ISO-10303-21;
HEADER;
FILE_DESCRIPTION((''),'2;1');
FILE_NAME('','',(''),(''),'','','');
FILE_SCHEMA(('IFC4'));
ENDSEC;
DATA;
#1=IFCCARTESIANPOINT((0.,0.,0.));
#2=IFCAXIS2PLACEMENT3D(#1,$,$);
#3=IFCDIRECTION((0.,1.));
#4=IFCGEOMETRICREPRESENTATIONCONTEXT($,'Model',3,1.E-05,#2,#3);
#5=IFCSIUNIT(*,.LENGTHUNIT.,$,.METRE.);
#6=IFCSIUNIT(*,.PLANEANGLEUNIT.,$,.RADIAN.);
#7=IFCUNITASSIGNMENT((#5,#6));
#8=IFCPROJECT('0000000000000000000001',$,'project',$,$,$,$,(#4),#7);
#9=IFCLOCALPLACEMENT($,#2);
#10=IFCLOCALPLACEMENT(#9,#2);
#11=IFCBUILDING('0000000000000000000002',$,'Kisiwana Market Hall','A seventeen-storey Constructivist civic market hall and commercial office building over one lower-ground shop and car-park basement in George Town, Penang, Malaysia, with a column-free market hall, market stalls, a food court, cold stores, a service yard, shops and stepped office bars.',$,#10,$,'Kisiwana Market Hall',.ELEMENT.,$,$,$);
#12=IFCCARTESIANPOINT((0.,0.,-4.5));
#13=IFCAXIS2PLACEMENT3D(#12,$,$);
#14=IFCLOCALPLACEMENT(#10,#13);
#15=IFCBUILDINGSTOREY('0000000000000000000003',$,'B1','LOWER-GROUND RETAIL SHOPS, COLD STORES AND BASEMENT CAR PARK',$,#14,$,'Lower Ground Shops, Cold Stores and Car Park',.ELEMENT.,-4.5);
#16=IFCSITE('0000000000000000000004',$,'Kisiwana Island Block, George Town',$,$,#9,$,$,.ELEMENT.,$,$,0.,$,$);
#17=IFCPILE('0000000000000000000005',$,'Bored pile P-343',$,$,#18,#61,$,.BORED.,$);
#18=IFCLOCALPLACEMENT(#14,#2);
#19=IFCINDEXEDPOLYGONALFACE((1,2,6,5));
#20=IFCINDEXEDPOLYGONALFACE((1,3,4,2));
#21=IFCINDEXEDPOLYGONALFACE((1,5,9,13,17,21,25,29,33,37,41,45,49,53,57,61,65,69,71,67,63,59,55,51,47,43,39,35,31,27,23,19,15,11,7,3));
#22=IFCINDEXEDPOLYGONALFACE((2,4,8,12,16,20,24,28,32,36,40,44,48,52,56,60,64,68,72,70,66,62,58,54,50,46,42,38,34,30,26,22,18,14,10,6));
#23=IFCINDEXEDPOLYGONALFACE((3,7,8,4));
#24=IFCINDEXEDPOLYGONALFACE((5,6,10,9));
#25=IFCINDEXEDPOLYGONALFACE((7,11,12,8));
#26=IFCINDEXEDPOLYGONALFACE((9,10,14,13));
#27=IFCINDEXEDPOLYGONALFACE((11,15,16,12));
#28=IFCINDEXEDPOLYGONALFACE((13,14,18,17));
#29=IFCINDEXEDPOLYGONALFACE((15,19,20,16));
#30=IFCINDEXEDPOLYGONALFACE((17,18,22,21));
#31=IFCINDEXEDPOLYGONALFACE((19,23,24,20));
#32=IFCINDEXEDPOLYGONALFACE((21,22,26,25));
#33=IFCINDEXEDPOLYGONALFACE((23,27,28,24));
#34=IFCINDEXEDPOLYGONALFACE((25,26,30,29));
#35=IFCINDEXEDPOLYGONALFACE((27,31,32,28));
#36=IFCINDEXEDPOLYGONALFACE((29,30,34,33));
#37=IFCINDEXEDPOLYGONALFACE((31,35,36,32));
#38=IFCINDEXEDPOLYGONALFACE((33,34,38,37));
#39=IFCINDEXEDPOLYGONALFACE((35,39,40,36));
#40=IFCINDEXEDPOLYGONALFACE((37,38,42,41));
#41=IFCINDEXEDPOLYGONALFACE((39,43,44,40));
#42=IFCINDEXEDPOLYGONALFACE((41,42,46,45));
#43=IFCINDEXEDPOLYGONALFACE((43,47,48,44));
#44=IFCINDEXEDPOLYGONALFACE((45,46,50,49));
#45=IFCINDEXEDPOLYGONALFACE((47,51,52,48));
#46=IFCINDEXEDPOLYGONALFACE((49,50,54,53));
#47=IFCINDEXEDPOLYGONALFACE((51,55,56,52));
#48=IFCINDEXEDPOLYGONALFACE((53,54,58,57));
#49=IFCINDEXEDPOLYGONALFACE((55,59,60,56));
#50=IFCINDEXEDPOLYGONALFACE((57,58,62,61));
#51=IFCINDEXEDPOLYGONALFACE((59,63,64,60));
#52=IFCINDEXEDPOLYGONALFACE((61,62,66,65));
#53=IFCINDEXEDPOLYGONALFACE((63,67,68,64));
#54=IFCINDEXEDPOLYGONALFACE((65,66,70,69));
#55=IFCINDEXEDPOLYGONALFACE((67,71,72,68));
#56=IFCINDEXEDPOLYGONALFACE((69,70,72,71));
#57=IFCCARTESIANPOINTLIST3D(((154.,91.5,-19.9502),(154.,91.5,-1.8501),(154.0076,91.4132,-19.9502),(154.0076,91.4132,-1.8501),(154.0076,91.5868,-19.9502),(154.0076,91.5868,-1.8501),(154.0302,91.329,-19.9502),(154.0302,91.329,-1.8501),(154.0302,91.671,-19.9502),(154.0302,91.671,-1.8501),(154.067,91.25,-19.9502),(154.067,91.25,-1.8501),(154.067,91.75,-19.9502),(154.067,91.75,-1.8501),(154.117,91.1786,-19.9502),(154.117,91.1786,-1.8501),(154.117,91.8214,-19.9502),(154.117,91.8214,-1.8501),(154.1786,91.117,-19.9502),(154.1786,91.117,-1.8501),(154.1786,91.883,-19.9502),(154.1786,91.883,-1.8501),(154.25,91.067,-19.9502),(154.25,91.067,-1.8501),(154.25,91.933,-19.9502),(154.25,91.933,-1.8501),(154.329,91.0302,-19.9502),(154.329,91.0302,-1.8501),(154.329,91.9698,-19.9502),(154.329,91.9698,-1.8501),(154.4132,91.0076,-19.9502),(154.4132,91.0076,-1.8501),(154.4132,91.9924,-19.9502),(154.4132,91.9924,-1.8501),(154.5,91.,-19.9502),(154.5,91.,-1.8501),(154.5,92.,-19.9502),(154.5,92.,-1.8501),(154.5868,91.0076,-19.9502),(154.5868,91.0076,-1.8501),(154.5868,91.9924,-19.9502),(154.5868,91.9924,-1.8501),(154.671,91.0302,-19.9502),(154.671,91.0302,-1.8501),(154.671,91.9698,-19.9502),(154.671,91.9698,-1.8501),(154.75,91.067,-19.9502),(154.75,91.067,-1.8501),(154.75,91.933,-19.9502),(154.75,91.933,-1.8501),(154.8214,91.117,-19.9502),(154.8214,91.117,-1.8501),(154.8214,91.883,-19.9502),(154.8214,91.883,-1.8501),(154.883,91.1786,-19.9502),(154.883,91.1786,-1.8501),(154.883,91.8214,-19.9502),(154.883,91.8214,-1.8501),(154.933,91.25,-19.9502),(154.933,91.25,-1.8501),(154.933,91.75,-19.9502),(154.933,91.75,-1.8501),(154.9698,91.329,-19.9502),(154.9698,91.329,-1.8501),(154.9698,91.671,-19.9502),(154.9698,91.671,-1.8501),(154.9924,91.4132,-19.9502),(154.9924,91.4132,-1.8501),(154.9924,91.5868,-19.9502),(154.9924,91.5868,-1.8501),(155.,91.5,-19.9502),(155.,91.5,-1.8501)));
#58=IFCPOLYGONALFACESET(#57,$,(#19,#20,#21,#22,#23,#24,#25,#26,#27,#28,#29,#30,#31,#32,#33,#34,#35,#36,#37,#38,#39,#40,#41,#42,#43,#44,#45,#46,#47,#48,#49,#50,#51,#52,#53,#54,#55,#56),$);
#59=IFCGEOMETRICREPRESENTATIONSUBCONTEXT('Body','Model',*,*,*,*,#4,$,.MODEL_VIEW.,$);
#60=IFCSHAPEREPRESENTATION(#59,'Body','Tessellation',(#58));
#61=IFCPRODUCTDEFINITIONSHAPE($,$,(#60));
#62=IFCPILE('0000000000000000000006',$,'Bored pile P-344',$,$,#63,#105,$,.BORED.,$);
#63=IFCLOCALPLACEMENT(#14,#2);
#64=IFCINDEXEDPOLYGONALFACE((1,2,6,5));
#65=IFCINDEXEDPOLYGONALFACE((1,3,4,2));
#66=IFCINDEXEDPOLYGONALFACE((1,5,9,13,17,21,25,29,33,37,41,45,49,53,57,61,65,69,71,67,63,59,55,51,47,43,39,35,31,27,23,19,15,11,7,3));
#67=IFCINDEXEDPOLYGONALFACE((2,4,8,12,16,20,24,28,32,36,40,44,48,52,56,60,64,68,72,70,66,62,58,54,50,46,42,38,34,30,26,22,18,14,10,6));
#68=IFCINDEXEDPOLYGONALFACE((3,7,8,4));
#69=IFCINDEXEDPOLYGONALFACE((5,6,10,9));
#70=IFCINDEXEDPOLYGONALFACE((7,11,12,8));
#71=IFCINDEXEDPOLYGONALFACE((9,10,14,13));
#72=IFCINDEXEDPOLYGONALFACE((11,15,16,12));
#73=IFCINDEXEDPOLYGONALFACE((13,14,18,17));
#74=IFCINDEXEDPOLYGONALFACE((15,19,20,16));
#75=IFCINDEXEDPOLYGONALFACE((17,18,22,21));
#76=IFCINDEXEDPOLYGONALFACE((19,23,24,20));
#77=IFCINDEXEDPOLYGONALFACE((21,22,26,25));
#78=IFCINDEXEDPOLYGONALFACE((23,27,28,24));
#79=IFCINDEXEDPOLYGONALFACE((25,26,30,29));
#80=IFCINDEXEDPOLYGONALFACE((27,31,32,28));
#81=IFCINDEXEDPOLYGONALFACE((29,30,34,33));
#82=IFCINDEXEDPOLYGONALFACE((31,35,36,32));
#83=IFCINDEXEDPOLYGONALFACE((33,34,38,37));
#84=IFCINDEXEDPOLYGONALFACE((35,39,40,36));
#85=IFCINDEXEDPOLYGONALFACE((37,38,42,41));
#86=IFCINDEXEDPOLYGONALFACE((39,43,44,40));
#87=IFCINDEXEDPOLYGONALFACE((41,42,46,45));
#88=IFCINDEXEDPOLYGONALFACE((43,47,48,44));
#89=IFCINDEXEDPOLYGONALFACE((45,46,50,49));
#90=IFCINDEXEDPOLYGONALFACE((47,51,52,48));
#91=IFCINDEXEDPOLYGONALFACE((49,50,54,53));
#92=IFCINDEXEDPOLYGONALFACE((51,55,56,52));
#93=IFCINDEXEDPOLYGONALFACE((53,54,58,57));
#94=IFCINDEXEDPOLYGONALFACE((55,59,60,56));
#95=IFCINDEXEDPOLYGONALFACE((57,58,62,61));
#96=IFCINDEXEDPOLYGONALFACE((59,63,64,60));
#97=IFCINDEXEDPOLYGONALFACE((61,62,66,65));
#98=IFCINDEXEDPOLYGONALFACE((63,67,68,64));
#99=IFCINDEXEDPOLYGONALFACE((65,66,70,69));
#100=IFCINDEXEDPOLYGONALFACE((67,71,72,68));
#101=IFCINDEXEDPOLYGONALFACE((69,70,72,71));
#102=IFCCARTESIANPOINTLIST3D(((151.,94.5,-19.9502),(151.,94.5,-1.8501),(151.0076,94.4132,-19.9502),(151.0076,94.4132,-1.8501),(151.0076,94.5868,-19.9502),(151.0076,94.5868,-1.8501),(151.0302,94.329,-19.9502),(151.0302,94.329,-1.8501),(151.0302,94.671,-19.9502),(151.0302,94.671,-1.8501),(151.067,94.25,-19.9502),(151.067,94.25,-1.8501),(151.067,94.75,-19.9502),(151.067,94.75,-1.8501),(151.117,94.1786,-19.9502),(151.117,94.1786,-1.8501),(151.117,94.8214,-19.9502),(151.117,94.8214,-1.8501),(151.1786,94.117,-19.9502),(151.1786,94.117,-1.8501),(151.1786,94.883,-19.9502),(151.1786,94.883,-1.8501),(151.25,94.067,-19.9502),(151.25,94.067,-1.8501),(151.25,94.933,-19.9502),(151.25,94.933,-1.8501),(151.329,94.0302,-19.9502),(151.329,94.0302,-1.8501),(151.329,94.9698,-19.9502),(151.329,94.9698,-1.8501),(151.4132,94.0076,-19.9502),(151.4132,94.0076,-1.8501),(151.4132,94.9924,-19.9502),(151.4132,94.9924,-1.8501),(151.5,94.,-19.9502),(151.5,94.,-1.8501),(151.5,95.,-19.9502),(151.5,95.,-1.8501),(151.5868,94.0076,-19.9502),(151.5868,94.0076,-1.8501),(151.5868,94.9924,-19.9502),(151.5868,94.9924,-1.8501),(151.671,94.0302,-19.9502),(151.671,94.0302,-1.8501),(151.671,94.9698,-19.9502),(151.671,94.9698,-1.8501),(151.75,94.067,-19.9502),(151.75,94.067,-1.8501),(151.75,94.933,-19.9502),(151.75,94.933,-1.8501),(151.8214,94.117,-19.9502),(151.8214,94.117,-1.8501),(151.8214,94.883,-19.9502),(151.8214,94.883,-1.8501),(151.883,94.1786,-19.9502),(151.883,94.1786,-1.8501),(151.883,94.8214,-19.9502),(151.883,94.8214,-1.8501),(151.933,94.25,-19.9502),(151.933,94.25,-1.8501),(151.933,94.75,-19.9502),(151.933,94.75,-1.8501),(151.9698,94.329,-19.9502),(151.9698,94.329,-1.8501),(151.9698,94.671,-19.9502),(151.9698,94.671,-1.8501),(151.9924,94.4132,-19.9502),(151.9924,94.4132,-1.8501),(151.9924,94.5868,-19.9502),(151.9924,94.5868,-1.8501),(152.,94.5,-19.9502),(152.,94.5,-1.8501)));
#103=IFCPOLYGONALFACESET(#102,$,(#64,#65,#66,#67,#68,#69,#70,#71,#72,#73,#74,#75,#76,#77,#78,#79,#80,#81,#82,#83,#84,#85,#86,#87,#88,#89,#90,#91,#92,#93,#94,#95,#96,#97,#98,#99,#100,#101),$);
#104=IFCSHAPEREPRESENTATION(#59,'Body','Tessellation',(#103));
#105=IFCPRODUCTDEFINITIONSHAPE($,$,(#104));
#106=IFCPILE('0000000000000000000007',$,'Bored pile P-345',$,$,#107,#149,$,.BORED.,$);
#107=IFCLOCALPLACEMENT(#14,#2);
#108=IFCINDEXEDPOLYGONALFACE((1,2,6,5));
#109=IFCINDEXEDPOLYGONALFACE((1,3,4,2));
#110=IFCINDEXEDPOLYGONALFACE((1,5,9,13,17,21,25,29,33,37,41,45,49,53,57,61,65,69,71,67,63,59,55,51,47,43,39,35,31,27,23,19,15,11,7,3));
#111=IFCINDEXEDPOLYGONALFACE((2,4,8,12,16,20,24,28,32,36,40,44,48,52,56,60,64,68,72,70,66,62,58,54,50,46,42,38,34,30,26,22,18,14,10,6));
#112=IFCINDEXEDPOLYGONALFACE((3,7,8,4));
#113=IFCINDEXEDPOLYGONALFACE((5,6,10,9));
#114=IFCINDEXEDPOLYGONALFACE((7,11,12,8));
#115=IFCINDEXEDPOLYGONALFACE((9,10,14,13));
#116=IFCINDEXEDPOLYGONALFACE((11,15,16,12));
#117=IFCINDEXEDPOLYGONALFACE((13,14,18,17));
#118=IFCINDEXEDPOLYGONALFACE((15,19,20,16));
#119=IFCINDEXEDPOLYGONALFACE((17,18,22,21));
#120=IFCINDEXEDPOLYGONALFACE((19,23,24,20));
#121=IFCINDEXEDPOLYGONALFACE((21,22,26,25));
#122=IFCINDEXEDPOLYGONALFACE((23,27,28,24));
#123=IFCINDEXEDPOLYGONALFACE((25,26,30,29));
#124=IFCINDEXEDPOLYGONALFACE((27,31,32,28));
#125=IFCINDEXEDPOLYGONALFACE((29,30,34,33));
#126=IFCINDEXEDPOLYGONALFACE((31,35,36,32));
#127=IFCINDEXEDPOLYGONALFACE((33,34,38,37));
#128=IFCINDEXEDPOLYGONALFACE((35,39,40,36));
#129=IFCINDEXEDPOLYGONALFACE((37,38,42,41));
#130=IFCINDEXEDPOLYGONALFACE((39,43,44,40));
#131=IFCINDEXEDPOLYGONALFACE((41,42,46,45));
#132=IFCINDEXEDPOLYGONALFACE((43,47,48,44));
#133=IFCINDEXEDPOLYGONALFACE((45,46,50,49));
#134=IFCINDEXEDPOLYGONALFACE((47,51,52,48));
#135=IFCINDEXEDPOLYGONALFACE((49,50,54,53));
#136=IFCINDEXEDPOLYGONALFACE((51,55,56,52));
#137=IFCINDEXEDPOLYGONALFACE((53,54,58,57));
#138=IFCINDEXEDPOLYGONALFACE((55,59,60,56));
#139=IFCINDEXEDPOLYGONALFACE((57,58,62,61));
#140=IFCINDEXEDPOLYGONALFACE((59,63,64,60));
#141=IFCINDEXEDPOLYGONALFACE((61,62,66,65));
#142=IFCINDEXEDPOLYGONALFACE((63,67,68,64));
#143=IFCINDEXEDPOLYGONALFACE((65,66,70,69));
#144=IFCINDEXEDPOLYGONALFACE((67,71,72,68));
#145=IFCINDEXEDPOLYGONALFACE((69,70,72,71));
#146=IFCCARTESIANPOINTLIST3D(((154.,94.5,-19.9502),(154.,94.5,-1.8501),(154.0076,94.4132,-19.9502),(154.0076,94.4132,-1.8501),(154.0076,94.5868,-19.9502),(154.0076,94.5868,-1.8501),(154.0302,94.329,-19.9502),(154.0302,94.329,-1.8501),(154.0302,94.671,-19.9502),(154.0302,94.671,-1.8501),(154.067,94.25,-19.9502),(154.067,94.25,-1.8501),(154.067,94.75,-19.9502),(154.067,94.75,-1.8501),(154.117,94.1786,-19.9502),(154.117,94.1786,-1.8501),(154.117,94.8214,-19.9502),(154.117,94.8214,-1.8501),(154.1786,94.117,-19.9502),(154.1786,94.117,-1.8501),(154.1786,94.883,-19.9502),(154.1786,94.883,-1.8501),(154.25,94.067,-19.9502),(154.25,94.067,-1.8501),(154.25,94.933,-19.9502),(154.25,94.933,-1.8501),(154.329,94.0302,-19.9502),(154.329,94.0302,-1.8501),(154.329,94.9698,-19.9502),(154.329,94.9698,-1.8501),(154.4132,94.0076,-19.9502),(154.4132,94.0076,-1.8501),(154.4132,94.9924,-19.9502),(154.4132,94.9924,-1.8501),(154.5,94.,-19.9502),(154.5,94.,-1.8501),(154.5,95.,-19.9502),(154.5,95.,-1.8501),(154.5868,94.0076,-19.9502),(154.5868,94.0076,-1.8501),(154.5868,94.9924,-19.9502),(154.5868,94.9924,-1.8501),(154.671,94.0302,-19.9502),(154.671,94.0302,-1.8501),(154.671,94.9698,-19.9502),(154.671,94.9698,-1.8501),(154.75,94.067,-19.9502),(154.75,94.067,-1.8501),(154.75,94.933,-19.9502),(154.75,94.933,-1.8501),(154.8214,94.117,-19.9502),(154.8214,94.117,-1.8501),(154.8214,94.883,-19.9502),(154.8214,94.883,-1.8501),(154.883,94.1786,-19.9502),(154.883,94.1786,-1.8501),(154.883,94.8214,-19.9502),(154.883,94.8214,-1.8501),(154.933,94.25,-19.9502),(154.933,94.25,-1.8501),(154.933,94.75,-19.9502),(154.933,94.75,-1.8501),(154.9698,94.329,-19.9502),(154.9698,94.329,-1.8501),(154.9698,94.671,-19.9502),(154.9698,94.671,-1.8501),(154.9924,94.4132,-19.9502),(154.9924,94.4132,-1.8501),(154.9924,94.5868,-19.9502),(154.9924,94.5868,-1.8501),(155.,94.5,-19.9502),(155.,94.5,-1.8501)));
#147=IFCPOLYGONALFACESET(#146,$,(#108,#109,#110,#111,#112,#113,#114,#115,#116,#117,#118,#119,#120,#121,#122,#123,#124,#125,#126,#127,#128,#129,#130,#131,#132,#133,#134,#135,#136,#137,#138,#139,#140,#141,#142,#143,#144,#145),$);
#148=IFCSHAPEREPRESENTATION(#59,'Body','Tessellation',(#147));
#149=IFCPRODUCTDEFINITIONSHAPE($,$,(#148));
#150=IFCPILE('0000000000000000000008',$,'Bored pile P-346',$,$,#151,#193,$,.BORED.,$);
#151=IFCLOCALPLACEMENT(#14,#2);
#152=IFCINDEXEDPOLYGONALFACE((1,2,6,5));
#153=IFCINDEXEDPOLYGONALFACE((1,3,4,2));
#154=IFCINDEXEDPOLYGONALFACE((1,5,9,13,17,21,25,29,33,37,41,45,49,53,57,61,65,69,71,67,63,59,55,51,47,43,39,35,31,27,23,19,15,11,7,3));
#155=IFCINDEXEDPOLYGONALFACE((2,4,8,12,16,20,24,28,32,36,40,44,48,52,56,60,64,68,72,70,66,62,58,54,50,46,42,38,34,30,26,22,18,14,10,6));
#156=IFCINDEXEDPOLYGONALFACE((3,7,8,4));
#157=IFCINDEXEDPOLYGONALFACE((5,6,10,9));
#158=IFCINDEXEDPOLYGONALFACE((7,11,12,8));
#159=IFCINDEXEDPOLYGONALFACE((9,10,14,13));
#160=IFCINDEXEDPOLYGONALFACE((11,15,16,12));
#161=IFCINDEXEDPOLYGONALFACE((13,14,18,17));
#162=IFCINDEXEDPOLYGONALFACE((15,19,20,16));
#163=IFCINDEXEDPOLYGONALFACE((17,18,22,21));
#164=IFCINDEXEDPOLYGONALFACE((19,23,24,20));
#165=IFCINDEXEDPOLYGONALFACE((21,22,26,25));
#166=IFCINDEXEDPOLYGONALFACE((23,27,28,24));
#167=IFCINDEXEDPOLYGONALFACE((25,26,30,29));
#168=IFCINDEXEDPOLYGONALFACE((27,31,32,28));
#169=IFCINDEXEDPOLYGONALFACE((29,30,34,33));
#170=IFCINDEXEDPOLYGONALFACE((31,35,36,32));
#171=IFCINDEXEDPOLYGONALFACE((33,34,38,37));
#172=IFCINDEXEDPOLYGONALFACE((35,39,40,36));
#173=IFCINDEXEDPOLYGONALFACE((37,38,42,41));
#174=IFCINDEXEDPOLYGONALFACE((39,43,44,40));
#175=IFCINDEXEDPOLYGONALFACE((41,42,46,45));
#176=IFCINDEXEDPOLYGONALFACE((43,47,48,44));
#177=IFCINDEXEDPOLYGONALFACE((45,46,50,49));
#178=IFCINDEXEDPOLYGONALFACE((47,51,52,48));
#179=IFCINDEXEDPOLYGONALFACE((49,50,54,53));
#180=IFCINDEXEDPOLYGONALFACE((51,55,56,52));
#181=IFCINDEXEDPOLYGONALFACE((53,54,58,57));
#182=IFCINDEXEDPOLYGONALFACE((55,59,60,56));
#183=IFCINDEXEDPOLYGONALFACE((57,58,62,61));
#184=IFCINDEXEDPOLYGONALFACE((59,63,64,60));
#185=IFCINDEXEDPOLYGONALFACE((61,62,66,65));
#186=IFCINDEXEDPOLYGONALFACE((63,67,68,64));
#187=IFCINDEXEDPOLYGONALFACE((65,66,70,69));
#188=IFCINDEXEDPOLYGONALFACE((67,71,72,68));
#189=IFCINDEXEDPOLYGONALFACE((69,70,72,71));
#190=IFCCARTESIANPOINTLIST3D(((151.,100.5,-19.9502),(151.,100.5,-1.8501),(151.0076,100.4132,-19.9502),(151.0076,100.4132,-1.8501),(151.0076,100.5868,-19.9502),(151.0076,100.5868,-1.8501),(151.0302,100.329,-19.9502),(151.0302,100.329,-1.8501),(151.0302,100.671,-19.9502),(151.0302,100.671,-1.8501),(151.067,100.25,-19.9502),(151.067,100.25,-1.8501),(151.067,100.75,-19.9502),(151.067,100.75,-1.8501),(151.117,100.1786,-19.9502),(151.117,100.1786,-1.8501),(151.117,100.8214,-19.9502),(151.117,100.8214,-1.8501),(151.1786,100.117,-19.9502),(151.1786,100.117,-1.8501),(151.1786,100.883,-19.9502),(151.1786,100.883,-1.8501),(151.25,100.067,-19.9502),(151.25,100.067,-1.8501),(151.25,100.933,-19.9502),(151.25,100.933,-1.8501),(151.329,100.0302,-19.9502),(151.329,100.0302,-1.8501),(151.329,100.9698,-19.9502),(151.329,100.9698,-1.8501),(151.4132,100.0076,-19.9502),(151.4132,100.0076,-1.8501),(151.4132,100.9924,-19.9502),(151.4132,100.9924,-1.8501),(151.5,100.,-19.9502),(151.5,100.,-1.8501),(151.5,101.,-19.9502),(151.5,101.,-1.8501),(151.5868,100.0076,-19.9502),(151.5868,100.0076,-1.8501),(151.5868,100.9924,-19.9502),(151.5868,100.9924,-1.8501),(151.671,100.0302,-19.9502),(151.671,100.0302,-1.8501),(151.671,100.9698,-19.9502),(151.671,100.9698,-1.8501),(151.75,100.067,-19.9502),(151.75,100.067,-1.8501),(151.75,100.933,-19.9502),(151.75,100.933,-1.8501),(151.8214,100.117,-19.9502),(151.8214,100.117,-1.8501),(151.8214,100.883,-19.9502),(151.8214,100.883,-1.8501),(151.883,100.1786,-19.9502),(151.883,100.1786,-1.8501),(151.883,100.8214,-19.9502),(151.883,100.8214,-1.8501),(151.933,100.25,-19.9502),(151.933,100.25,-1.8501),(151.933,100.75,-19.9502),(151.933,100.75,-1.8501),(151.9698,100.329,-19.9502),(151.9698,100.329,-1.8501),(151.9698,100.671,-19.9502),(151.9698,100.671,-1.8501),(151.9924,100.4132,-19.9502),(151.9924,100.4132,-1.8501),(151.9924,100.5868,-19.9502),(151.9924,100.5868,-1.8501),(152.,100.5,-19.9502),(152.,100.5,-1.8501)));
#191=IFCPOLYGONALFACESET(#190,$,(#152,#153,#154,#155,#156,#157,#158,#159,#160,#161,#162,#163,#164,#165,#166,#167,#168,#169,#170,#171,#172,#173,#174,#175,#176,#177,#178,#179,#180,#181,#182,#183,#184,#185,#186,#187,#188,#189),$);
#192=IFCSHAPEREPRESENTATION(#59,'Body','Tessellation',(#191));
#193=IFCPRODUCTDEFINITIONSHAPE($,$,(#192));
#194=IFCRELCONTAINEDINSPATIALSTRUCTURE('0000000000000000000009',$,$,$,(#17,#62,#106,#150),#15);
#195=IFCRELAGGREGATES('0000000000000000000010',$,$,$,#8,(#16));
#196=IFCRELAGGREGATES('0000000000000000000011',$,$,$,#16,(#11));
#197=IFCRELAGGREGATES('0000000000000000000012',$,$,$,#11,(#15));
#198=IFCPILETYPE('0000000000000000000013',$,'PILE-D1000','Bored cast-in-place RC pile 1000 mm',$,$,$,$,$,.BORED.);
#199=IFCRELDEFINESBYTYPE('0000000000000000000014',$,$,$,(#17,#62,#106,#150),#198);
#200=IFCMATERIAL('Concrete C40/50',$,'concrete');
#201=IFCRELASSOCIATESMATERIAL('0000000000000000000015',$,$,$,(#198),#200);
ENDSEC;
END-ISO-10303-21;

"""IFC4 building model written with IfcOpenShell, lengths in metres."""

from ifc_helpers import new_model, si_unit, direction, frame, origin, origin_2d, place, context, subcontext, project, spatial, circle, extrude, material, material_profile, profile_set, type_object, element, save


model = new_model("IFC4")

# Units and contexts
model_context = context("Model", 3, precision=1e-05, world=origin(), true_north=direction((0.0, 1.0)))
body_context = subcontext(model_context, "Body", "Model", "MODEL_VIEW")
ifc_project = project(units=[si_unit("LENGTHUNIT", "METRE"), si_unit("PLANEANGLEUNIT", "RADIAN")], contexts=[model_context])

# Site, building, storey
site_placement = place(None, origin())
site = spatial("IfcSite", under=ifc_project, at=site_placement, Name="Kisiwana Island Block, George Town", CompositionType="ELEMENT", RefElevation=0.0)
building_placement = place(site_placement, origin())
building = spatial("IfcBuilding", under=site, at=building_placement, Name="Kisiwana Market Hall", Description="A seventeen-storey Constructivist civic market hall and commercial office building over one lower-ground shop and car-park basement in George Town, Penang, Malaysia, with a column-free market hall, market stalls, a food court, cold stores, a service yard, shops and stepped office bars.", LongName="Kisiwana Market Hall", CompositionType="ELEMENT")
storey_placement = place(building_placement, frame((0.0, 0.0, -4.5)))
storey = spatial("IfcBuildingStorey", under=building, at=storey_placement, Name="B1", Description="LOWER-GROUND RETAIL SHOPS, COLD STORES AND BASEMENT CAR PARK", LongName="Lower Ground Shops, Cold Stores and Car Park", CompositionType="ELEMENT", Elevation=-4.5)

# Piles
ifc_material_1 = material(Name="Concrete C40/50", Category="concrete")
ifc_material_profile_1 = material_profile(ifc_material_1, circle(Radius=0.5, at=origin_2d()), Name="BP D1000")
ifc_profile_set_1 = profile_set([ifc_material_profile_1], Name="Concrete C40/50")
pile_type_1 = type_object("IfcPileType", Name="PILE-D1000", Description="Bored cast-in-place RC pile 1000 mm", PredefinedType="BORED", material=ifc_profile_set_1)
for number, where, z_axis, x_axis, name in (
    (1, (154.5, 91.5, -1.8501), (0.0, 0.0, -1.0), (1.0, 0.0, 0.0), "Bored pile P-343"),
    (2, (151.5, 94.5, -1.8501), (0.0, 0.0, -1.0), (1.0, 0.0, 0.0), "Bored pile P-344"),
    (3, (154.5, 94.5, -1.8501), (0.0, 0.0, -1.0), (1.0, 0.0, 0.0), "Bored pile P-345"),
    (4, (151.5, 100.5, -1.8501), (0.0, 0.0, -1.0), (1.0, 0.0, 0.0), "Bored pile P-346"),
):
    element("IfcPile", number, at=place(storey_placement, frame(where, z_axis=z_axis, x_axis=x_axis)), inside=storey, type_object=pile_type_1, Name=name, PredefinedType="BORED", context=body_context, shape_type="SweptSolid", body=[
        extrude(circle(Radius=0.5, at=origin_2d()), origin(), (0.0, 0.0, 1.0), 18.1001),
    ])

save(model, "model.ifc")
